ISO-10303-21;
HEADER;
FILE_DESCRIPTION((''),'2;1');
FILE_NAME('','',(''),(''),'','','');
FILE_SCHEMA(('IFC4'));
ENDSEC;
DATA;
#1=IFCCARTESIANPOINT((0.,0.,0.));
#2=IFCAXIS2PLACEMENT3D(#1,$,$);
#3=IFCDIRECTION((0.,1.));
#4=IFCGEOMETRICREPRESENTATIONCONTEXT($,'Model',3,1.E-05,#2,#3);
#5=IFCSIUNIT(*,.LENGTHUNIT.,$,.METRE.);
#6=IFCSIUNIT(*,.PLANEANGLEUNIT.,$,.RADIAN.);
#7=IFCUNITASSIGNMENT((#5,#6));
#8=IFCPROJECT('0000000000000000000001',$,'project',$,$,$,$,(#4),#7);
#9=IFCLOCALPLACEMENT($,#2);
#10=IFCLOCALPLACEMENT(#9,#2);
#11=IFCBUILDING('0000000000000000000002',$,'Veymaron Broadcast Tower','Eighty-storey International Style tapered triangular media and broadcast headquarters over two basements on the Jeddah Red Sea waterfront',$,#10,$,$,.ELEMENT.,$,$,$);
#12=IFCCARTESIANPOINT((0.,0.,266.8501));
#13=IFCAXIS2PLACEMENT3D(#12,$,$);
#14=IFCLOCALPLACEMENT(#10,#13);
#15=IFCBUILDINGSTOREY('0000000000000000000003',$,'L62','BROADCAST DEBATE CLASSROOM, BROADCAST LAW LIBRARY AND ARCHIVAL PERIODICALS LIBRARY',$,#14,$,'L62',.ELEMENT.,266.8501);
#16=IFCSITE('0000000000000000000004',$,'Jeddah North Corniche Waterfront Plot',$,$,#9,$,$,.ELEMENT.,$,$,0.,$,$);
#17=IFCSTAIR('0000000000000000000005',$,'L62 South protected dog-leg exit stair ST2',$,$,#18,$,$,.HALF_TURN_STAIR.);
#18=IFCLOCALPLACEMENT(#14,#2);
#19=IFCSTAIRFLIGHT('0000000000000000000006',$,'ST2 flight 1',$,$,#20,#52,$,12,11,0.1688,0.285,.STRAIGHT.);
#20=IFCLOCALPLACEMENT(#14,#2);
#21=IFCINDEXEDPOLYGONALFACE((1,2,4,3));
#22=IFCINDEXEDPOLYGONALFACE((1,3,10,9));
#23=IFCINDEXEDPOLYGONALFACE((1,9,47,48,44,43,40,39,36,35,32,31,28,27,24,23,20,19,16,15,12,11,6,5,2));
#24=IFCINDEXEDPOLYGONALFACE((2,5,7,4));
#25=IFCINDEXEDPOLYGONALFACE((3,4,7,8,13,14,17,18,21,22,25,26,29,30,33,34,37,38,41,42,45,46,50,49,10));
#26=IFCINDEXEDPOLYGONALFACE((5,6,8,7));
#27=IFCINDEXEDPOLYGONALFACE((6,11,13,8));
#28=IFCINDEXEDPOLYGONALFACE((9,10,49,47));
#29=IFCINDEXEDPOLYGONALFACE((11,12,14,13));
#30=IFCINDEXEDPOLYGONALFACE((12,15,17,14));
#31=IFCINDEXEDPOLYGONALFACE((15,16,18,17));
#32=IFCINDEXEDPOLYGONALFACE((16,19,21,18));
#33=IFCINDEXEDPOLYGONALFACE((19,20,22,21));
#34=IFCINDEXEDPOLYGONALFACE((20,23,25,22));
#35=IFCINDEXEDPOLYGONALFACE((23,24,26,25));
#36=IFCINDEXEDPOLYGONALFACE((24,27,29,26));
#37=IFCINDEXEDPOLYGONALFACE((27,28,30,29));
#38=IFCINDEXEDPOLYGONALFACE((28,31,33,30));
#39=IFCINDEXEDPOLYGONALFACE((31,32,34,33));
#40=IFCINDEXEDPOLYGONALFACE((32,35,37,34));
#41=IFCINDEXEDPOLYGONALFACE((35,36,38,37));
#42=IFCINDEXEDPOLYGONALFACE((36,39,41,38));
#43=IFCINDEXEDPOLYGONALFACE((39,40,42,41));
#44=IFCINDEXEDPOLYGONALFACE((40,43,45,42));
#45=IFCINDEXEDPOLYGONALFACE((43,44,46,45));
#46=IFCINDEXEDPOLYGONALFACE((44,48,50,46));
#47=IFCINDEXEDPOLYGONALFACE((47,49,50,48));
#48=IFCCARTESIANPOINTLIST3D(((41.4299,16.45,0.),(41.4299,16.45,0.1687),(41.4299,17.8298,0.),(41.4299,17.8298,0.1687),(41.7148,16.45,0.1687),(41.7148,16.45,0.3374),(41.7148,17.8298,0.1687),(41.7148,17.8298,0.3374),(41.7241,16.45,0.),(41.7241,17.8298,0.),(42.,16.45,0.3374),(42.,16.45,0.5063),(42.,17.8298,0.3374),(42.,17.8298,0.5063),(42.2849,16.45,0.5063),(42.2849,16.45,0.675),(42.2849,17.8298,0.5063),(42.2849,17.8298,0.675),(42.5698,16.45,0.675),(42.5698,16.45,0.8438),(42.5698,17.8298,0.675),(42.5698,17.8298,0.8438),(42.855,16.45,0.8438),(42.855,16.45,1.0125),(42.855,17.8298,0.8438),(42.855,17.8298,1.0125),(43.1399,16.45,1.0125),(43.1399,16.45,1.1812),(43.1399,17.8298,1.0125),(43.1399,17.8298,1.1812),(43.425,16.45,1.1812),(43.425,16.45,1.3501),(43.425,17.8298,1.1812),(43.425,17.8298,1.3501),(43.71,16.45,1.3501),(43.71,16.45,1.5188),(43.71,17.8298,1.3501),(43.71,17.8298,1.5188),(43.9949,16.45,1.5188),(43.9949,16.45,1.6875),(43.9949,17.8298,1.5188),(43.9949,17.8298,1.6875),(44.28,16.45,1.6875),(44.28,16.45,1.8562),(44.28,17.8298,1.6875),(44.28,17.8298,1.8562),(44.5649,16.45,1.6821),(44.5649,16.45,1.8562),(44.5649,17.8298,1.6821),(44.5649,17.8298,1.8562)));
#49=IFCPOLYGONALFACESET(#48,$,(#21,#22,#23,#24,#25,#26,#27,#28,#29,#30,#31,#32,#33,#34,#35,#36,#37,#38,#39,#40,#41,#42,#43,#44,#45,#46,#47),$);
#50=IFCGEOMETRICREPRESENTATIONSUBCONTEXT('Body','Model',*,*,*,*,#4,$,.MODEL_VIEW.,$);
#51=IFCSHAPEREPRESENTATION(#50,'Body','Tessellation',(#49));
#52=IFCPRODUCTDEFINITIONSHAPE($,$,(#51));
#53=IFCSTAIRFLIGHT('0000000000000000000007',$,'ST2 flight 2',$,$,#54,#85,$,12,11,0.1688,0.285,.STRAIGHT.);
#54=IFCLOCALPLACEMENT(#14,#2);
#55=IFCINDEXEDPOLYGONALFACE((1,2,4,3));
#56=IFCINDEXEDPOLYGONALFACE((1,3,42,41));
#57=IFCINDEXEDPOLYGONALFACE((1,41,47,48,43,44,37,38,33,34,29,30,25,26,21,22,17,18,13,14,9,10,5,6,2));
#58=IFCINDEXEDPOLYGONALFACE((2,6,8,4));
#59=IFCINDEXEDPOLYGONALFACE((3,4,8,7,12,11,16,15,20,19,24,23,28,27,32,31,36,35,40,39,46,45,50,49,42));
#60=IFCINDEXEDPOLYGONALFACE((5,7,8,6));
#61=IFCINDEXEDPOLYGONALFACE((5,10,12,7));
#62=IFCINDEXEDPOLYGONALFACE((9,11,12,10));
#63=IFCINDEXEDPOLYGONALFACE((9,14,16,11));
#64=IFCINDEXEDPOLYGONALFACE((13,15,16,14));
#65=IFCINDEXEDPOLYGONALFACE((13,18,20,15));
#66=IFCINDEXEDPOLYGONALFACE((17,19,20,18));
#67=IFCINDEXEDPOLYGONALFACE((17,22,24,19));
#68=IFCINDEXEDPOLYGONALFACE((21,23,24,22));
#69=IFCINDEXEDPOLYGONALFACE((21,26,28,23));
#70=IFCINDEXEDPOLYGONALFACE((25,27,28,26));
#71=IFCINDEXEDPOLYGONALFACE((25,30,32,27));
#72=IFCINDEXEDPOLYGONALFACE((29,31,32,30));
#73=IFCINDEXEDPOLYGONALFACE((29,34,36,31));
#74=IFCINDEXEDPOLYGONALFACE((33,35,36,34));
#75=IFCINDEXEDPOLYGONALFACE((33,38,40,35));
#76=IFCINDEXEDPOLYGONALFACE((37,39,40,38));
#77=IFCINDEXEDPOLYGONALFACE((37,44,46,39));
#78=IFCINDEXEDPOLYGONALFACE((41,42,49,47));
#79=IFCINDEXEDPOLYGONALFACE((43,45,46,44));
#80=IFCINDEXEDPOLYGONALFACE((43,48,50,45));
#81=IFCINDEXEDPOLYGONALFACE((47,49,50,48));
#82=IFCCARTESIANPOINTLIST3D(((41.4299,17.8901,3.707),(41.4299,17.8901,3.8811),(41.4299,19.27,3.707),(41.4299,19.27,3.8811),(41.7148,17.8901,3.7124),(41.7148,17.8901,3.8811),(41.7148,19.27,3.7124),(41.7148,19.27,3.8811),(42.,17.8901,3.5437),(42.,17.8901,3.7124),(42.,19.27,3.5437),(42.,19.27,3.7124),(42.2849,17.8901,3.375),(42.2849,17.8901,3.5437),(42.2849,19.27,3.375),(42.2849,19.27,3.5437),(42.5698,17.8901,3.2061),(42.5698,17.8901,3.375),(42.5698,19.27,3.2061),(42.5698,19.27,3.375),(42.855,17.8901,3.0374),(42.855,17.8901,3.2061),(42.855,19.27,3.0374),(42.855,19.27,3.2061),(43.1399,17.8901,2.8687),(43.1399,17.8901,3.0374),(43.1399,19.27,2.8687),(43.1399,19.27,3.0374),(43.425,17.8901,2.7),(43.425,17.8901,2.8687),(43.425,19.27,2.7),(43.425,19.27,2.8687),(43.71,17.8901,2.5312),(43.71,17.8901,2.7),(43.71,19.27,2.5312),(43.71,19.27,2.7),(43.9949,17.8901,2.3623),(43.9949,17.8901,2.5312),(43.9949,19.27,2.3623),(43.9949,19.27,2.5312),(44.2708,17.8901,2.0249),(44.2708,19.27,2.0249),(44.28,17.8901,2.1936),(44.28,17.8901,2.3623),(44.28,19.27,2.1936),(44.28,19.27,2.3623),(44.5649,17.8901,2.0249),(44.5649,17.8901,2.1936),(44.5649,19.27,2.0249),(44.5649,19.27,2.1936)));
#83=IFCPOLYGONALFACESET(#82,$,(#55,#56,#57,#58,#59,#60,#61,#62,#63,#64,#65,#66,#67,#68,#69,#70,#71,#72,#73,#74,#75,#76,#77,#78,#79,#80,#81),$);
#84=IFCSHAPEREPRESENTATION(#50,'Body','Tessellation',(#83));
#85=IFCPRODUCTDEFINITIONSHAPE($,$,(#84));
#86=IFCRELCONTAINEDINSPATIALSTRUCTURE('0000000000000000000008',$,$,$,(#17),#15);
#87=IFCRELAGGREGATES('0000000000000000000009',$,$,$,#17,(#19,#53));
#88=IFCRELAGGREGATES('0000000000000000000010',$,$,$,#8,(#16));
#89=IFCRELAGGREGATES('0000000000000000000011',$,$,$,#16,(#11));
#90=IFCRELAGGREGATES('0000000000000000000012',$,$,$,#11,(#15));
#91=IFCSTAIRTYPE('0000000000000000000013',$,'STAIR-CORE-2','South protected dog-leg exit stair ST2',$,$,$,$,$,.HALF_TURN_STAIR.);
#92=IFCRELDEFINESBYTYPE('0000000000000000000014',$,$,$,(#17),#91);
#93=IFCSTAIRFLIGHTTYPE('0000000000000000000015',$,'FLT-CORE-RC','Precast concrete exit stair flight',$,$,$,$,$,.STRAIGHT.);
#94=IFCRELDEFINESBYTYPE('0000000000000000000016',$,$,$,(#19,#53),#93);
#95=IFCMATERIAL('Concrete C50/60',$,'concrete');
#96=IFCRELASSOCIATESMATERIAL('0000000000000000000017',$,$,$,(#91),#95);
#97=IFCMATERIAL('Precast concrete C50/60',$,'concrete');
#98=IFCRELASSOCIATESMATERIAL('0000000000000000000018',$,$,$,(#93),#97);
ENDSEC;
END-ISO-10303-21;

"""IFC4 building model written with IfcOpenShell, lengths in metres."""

from ifc_helpers import new_model, si_unit, direction, frame, origin, place, context, subcontext, project, spatial, polyline, outline, extrude, material, type_object, element, aggregate, save


model = new_model("IFC4")

# Units and contexts
model_context = context("Model", 3, precision=1e-05, world=origin(), true_north=direction((0.0, 1.0)))
body_context = subcontext(model_context, "Body", "Model", "MODEL_VIEW")
ifc_project = project(units=[si_unit("LENGTHUNIT", "METRE"), si_unit("PLANEANGLEUNIT", "RADIAN")], contexts=[model_context])

# Site, building, storey
site_placement = place(None, origin())
site = spatial("IfcSite", under=ifc_project, at=site_placement, Name="Jeddah North Corniche Waterfront Plot", CompositionType="ELEMENT", RefElevation=0.0)
building_placement = place(site_placement, origin())
building = spatial("IfcBuilding", under=site, at=building_placement, Name="Veymaron Broadcast Tower", Description="Eighty-storey International Style tapered triangular media and broadcast headquarters over two basements on the Jeddah Red Sea waterfront", CompositionType="ELEMENT")
storey_placement = place(building_placement, frame((0.0, 0.0, 266.8501)))
storey = spatial("IfcBuildingStorey", under=building, at=storey_placement, Name="L62", Description="BROADCAST DEBATE CLASSROOM, BROADCAST LAW LIBRARY AND ARCHIVAL PERIODICALS LIBRARY", LongName="L62", CompositionType="ELEMENT", Elevation=266.8501)

# Shared definitions
ifc_material_1 = material(Name="Concrete C50/60", Category="concrete")

# Stair, stair flights
stair_type = type_object("IfcStairType", Name="STAIR-CORE-2", Description="South protected dog-leg exit stair ST2", PredefinedType="HALF_TURN_STAIR", material=ifc_material_1)
stair_placement = place(storey_placement, origin())
stair = element("IfcStair", 1, at=stair_placement, inside=storey, type_object=stair_type, Name="L62 South protected dog-leg exit stair ST2", PredefinedType="HALF_TURN_STAIR")
ifc_material_2 = material(Name="Precast concrete C50/60", Category="concrete")
stair_flight_type = type_object("IfcStairFlightType", Name="FLT-CORE-RC", Description="Precast concrete exit stair flight", PredefinedType="STRAIGHT", material=ifc_material_2)
stair_flight_1_placement = place(storey_placement, frame((41.4299, 17.1399, 0.0), z_axis=(0.0, 0.0, 1.0), x_axis=(1.0, 0.0, 0.0)))
stair_flight_1 = element("IfcStairFlight", 2, at=stair_flight_1_placement, type_object=stair_flight_type, Name="ST2 flight 1", NumberOfRisers=12, NumberOfTreads=11, PredefinedType="STRAIGHT", RiserHeight=0.1688, TreadLength=0.285, context=body_context, shape_type="SweptSolid", body=[
    extrude(outline(polyline([(0.0, 0.0), (0.0, 0.1687), (0.2849, 0.1687), (0.2849, 0.3374), (0.5701, 0.3374), (0.5701, 0.5063), (0.855, 0.5063), (0.855, 0.675), (1.1399, 0.675), (1.1399, 0.8438), (1.425, 0.8438), (1.425, 1.0125), (1.71, 1.0125), (1.71, 1.1812), (1.9951, 1.1812), (1.9951, 1.3501), (2.28, 1.3501), (2.28, 1.5188), (2.5649, 1.5188), (2.5649, 1.6875), (2.8501, 1.6875), (2.8501, 1.8562), (3.135, 1.8562), (3.135, 2.0249), (3.135, 1.6821), (0.2942, 0.0), (0.0, 0.0)])), frame((0.0, 0.6899, 0.0), z_axis=(0.0, -1.0, 0.0), x_axis=(1.0, 0.0, 0.0)), (0.0, 0.0, 1.0), 1.3799),
])
stair_flight_2_placement = place(storey_placement, frame((44.5649, 18.5801, 2.0249), z_axis=(0.0, 0.0, 1.0), x_axis=(-1.0, 0.0, 0.0)))
stair_flight_2 = element("IfcStairFlight", 3, at=stair_flight_2_placement, type_object=stair_flight_type, Name="ST2 flight 2", NumberOfRisers=12, NumberOfTreads=11, PredefinedType="STRAIGHT", RiserHeight=0.1688, TreadLength=0.285, context=body_context, shape_type="SweptSolid", body=[
    extrude(outline(polyline([(0.0, 0.0), (0.0, 0.1687), (0.2849, 0.1687), (0.2849, 0.3374), (0.5701, 0.3374), (0.5701, 0.5063), (0.855, 0.5063), (0.855, 0.675), (1.1399, 0.675), (1.1399, 0.8438), (1.425, 0.8438), (1.425, 1.0125), (1.71, 1.0125), (1.71, 1.1812), (1.9951, 1.1812), (1.9951, 1.3501), (2.28, 1.3501), (2.28, 1.5188), (2.5649, 1.5188), (2.5649, 1.6875), (2.8501, 1.6875), (2.8501, 1.8562), (3.135, 1.8562), (3.135, 2.0249), (3.135, 1.6821), (0.2942, 0.0), (0.0, 0.0)])), frame((0.0, 0.6899, 0.0), z_axis=(0.0, -1.0, 0.0), x_axis=(1.0, 0.0, 0.0)), (0.0, 0.0, 1.0), 1.3799),
])
aggregate(stair, [stair_flight_1, stair_flight_2])

save(model, "model.ifc")
